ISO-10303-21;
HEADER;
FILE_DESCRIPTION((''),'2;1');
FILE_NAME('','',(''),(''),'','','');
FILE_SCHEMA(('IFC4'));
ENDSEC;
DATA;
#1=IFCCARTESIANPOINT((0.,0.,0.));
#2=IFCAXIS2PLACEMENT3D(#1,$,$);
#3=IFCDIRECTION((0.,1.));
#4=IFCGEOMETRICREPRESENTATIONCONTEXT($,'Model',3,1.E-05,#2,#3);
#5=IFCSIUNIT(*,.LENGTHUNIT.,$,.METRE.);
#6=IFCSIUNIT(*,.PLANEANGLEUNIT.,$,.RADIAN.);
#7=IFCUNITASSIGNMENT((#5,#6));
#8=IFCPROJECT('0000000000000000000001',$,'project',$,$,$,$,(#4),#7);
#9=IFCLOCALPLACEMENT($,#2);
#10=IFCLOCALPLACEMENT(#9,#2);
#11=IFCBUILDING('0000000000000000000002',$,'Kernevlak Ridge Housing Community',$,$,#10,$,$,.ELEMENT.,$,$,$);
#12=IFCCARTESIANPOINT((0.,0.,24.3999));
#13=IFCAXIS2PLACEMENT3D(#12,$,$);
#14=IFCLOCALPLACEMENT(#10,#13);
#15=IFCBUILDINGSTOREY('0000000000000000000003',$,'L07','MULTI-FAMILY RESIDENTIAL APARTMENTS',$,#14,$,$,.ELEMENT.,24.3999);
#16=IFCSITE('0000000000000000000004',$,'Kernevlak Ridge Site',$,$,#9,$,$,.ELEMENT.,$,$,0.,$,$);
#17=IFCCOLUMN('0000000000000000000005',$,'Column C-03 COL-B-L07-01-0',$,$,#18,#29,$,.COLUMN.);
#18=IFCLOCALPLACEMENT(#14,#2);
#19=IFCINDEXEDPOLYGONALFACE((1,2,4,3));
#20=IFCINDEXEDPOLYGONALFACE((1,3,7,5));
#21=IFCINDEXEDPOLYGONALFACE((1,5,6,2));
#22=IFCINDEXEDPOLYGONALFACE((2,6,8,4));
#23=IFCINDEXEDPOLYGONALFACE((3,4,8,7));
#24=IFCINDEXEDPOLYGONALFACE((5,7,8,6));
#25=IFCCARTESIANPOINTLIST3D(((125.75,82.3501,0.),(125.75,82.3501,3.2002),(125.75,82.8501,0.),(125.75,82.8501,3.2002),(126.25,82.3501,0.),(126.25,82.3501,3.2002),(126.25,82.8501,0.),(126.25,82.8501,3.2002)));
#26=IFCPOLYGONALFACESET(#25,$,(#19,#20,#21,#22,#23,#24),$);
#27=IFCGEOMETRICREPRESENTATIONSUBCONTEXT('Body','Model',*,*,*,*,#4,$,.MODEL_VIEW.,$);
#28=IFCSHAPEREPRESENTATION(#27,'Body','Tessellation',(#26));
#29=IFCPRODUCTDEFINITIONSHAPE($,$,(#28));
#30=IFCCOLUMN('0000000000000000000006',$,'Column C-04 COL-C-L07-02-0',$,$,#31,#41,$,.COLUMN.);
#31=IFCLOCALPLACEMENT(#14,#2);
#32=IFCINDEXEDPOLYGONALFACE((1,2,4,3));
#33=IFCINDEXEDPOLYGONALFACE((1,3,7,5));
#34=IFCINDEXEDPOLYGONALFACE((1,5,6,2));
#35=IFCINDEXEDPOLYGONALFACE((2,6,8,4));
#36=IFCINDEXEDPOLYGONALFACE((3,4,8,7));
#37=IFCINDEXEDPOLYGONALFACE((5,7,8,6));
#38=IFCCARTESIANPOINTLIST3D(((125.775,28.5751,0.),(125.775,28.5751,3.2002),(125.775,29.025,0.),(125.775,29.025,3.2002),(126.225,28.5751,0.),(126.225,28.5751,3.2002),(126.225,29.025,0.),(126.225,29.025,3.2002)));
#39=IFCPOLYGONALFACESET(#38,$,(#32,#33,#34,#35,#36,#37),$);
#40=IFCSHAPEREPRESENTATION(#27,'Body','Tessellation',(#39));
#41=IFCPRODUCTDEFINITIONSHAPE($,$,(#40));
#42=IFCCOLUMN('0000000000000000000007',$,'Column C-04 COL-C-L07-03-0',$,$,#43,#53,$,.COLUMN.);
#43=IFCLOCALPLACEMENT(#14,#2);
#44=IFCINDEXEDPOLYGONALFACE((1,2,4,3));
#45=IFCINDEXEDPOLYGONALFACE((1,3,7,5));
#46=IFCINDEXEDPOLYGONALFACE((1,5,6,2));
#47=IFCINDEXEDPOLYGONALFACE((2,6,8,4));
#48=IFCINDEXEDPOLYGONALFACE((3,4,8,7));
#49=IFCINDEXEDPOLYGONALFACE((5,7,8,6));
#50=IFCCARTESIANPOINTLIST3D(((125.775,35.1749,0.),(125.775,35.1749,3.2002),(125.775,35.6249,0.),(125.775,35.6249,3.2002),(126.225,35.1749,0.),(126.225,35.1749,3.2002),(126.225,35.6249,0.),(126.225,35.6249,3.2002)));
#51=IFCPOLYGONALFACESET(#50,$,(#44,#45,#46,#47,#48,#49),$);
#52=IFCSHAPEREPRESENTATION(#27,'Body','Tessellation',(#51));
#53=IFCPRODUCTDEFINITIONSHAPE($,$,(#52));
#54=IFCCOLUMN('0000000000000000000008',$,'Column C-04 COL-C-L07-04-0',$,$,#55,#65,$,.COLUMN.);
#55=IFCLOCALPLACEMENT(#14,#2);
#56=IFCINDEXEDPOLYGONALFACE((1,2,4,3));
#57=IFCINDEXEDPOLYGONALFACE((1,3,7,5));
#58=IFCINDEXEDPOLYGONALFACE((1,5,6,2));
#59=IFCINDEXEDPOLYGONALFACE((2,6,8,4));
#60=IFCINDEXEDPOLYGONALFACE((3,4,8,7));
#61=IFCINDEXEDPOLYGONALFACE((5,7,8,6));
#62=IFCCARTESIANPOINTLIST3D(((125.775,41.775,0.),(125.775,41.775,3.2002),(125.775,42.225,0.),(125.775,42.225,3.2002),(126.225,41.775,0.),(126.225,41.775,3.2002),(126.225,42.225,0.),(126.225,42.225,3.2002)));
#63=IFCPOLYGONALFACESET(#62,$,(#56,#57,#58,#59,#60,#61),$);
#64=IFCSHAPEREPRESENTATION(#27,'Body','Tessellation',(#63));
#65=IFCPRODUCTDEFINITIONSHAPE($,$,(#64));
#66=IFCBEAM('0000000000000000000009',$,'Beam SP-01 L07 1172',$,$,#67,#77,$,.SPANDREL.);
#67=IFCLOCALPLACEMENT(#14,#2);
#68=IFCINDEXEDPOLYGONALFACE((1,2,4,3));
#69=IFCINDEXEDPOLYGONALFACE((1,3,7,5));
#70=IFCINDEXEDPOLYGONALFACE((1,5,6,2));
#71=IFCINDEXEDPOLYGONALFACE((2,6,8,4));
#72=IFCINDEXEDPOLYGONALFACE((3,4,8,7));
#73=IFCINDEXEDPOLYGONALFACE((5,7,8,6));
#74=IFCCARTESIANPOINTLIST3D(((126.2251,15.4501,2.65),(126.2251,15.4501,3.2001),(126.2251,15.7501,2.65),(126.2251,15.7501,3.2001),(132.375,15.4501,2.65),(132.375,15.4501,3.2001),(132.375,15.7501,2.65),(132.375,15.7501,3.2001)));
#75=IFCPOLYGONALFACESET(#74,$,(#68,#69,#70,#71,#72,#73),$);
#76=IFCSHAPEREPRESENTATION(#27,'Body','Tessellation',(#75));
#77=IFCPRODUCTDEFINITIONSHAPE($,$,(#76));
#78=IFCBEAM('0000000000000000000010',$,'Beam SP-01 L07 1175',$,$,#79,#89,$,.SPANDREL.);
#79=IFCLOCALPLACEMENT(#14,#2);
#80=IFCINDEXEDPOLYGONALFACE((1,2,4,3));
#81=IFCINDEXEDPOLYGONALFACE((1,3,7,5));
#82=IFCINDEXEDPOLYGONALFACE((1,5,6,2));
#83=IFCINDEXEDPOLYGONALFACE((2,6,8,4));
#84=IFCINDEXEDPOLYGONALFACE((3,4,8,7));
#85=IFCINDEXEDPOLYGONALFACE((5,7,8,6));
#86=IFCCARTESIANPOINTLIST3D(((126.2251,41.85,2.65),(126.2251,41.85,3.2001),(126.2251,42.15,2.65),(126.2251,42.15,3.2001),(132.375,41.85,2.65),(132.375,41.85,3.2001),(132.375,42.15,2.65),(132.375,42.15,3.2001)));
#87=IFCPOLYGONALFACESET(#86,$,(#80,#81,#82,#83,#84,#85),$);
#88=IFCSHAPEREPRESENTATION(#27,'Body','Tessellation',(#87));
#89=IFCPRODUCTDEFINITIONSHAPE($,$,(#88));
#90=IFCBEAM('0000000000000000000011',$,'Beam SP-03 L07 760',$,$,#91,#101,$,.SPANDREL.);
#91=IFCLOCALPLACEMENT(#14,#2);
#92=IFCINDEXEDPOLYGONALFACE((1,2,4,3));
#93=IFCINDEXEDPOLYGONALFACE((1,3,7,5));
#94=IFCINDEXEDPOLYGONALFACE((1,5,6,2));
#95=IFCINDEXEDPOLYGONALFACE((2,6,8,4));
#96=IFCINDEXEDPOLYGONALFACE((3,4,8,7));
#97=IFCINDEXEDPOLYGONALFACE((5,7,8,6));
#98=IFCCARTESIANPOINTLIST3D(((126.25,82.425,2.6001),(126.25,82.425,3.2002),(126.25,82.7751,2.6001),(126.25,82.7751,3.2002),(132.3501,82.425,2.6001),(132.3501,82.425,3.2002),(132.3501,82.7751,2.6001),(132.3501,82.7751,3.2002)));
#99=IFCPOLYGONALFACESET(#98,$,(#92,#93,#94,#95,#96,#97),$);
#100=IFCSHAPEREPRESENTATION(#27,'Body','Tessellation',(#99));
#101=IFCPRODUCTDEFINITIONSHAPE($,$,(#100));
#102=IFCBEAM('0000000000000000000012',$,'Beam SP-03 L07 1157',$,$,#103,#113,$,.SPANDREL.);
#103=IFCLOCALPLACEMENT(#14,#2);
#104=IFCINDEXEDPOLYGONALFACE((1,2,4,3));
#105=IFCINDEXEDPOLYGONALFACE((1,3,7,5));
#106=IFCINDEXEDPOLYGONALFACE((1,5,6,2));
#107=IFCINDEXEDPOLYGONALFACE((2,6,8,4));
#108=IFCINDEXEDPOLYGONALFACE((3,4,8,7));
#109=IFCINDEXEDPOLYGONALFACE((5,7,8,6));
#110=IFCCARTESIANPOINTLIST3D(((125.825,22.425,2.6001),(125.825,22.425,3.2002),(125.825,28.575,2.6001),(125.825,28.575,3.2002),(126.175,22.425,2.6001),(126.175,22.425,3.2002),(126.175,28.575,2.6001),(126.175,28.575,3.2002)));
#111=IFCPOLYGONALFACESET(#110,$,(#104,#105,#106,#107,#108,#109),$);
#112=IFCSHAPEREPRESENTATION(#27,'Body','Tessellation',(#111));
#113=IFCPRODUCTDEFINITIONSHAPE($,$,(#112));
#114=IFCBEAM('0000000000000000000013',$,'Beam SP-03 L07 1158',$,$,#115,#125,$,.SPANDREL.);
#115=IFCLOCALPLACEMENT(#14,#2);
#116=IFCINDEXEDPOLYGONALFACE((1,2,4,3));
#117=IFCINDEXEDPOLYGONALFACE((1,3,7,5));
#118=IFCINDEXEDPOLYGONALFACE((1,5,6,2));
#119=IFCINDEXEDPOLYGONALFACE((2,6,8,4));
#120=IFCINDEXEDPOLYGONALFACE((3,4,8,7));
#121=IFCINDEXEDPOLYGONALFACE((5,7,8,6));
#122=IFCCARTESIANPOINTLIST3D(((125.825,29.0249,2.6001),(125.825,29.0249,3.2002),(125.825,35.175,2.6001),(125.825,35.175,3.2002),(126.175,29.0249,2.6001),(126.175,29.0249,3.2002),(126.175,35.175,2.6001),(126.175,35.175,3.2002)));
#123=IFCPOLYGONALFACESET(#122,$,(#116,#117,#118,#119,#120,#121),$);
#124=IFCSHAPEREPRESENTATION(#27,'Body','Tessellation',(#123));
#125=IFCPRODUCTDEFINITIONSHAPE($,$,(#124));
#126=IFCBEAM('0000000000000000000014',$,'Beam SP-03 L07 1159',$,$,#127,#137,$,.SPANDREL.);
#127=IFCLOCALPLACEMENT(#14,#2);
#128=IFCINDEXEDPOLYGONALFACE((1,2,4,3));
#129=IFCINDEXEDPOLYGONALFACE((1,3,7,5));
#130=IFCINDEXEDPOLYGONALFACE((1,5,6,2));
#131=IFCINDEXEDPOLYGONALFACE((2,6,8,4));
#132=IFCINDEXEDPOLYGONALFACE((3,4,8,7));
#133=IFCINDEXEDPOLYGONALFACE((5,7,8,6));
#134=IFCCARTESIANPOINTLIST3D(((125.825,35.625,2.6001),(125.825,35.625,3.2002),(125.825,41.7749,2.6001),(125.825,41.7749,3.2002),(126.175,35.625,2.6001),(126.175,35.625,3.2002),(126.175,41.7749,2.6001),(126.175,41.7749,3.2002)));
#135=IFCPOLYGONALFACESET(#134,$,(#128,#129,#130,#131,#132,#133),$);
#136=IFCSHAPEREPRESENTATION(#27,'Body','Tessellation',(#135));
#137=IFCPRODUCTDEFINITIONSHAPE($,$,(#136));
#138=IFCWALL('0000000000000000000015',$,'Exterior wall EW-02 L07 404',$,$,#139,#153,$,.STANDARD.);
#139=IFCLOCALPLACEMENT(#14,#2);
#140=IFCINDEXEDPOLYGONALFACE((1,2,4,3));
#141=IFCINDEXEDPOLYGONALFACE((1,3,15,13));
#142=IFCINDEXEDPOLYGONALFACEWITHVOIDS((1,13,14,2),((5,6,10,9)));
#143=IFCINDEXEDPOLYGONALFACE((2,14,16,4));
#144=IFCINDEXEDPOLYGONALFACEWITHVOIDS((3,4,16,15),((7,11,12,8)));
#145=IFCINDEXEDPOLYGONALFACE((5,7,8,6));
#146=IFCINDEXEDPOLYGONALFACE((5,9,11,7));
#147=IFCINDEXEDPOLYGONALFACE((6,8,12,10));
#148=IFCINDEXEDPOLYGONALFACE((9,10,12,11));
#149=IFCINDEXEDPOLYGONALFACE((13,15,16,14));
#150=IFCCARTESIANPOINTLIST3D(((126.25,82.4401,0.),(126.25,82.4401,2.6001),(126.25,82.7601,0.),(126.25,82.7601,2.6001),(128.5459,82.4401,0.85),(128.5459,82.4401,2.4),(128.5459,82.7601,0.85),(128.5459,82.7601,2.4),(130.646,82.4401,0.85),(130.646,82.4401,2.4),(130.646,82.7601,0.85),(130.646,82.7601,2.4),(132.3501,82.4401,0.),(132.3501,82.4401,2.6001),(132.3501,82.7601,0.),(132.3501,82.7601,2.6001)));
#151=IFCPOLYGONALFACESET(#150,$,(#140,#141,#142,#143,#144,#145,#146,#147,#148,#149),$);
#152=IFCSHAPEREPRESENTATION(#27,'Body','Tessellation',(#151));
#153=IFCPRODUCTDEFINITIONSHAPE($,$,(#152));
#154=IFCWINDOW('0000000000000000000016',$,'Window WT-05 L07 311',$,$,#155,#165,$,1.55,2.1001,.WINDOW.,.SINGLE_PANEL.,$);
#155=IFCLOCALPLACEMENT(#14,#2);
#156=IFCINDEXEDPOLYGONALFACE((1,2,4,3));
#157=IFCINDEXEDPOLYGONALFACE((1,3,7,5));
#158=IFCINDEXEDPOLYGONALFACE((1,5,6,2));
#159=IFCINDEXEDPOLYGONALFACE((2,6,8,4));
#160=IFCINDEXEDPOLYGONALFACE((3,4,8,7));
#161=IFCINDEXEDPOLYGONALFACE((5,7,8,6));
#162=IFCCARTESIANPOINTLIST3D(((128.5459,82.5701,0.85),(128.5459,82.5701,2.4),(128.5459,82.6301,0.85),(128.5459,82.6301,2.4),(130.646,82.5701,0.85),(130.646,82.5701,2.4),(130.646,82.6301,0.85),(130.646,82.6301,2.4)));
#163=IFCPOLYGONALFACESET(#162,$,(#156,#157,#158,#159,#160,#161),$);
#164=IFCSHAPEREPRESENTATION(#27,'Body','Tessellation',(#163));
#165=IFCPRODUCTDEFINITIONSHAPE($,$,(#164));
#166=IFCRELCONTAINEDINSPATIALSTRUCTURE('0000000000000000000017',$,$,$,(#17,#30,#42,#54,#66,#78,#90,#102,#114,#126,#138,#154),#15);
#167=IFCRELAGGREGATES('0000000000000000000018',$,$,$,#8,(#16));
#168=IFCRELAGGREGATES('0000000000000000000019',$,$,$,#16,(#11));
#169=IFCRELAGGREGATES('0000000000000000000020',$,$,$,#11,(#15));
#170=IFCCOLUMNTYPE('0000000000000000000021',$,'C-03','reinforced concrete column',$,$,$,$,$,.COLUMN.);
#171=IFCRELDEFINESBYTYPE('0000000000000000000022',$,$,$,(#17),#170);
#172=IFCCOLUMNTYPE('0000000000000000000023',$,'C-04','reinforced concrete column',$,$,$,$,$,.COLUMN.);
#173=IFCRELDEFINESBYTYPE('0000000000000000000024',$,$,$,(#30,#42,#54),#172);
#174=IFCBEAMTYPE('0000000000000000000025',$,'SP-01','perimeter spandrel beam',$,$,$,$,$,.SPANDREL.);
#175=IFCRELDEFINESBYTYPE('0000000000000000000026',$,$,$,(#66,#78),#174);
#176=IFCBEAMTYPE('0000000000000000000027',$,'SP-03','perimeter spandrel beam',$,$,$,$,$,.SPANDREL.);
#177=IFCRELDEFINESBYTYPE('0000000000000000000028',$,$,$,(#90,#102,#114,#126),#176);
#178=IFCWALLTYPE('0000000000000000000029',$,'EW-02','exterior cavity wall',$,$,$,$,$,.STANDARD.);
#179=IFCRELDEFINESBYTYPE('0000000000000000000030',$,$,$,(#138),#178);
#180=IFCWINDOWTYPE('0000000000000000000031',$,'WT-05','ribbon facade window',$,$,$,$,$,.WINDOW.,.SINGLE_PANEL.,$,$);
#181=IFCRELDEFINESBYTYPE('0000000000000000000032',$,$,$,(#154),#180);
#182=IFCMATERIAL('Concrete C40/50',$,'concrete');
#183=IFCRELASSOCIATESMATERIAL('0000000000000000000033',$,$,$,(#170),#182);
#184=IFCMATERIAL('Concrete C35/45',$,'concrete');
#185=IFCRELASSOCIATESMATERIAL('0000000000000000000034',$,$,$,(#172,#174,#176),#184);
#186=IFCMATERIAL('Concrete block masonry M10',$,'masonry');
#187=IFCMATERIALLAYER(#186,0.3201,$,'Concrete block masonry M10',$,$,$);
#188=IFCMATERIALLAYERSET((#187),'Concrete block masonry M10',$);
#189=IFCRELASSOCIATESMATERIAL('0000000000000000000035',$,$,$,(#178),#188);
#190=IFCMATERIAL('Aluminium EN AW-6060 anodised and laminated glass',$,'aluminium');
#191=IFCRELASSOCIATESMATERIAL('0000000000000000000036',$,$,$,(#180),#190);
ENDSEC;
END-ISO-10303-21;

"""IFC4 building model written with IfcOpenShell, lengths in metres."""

from ifc_helpers import new_model, si_unit, direction, frame, frame_2d, origin, origin_2d, place, context, subcontext, project, spatial, rectangle, extrude, material, layer, layer_set, material_profile, profile_set, type_object, element, fill, save


model = new_model("IFC4")

# Units and contexts
model_context = context("Model", 3, precision=1e-05, world=origin(), true_north=direction((0.0, 1.0)))
body_context = subcontext(model_context, "Body", "Model", "MODEL_VIEW")
ifc_project = project(units=[si_unit("LENGTHUNIT", "METRE"), si_unit("PLANEANGLEUNIT", "RADIAN")], contexts=[model_context])

# Site, building, storey
site_placement = place(None, origin())
site = spatial("IfcSite", under=ifc_project, at=site_placement, Name="Kernevlak Ridge Site", CompositionType="ELEMENT", RefElevation=0.0)
building_placement = place(site_placement, origin())
building = spatial("IfcBuilding", under=site, at=building_placement, Name="Kernevlak Ridge Housing Community", CompositionType="ELEMENT")
storey_placement = place(building_placement, frame((0.0, 0.0, 24.3999)))
storey = spatial("IfcBuildingStorey", under=building, at=storey_placement, Name="L07", Description="MULTI-FAMILY RESIDENTIAL APARTMENTS", CompositionType="ELEMENT", Elevation=24.3999)

# Columns
ifc_material_1 = material(Name="Concrete C40/50", Category="concrete")
ifc_material_profile_1 = material_profile(ifc_material_1, rectangle(XDim=0.5, YDim=0.5, at=origin_2d()), Name="RC 500x500")
ifc_profile_set_1 = profile_set([ifc_material_profile_1], Name="Concrete C40/50")
column_type_1 = type_object("IfcColumnType", Name="C-03", Description="reinforced concrete column", PredefinedType="COLUMN", material=ifc_profile_set_1)
column_placement = place(storey_placement, frame((126.0, 82.6001, 0.0), z_axis=(0.0, 0.0, 1.0), x_axis=(1.0, 0.0, 0.0)))
element("IfcColumn", 1, at=column_placement, inside=storey, type_object=column_type_1, Name="Column C-03 COL-B-L07-01-0", PredefinedType="COLUMN", context=body_context, shape_type="SweptSolid", body=[
    extrude(rectangle(XDim=0.5, YDim=0.5, at=origin_2d()), origin(), (0.0, 0.0, 1.0), 3.2002),
])
ifc_material_2 = material(Name="Concrete C35/45", Category="concrete")
ifc_material_profile_2 = material_profile(ifc_material_2, rectangle(XDim=0.45, YDim=0.45, at=origin_2d()), Name="RC 450x450")
ifc_profile_set_2 = profile_set([ifc_material_profile_2], Name="Concrete C35/45")
column_type_2 = type_object("IfcColumnType", Name="C-04", Description="reinforced concrete column", PredefinedType="COLUMN", material=ifc_profile_set_2)
for number, where, z_axis, x_axis, name in (
    (2, (126.0, 28.8, 0.0), (0.0, 0.0, 1.0), (1.0, 0.0, 0.0), "Column C-04 COL-C-L07-02-0"),
    (3, (126.0, 35.3999, 0.0), (0.0, 0.0, 1.0), (1.0, 0.0, 0.0), "Column C-04 COL-C-L07-03-0"),
    (4, (126.0, 42.0, 0.0), (0.0, 0.0, 1.0), (1.0, 0.0, 0.0), "Column C-04 COL-C-L07-04-0"),
):
    element("IfcColumn", number, at=place(storey_placement, frame(where, z_axis=z_axis, x_axis=x_axis)), inside=storey, type_object=column_type_2, Name=name, PredefinedType="COLUMN", context=body_context, shape_type="SweptSolid", body=[
        extrude(rectangle(XDim=0.45, YDim=0.45, at=origin_2d()), origin(), (0.0, 0.0, 1.0), 3.2002),
    ])

# Beams
ifc_material_profile_3 = material_profile(ifc_material_2, rectangle(XDim=0.3, YDim=0.55, at=origin_2d()), Name="RC 300x550")
ifc_profile_set_3 = profile_set([ifc_material_profile_3], Name="Concrete C35/45")
beam_type_1 = type_object("IfcBeamType", Name="SP-01", Description="perimeter spandrel beam", PredefinedType="SPANDREL", material=ifc_profile_set_3)
for number, where, z_axis, x_axis, name in (
    (5, (126.2251, 15.6001, 2.925), (1.0, 0.0, 0.0), (0.0, 1.0, 0.0), "Beam SP-01 L07 1172"),
    (6, (126.2251, 42.0, 2.925), (1.0, 0.0, 0.0), (0.0, 1.0, 0.0), "Beam SP-01 L07 1175"),
):
    element("IfcBeam", number, at=place(storey_placement, frame(where, z_axis=z_axis, x_axis=x_axis)), inside=storey, type_object=beam_type_1, Name=name, PredefinedType="SPANDREL", context=body_context, shape_type="SweptSolid", body=[
        extrude(rectangle(XDim=0.3, YDim=0.55, at=origin_2d()), origin(), (0.0, 0.0, 1.0), 6.1499),
    ])
ifc_material_profile_4 = material_profile(ifc_material_2, rectangle(XDim=0.3501, YDim=0.6001, at=origin_2d()), Name="RC 350x600")
ifc_profile_set_4 = profile_set([ifc_material_profile_4], Name="Concrete C35/45")
beam_type_2 = type_object("IfcBeamType", Name="SP-03", Description="perimeter spandrel beam", PredefinedType="SPANDREL", material=ifc_profile_set_4)
beam_1_placement = place(storey_placement, frame((126.25, 82.6001, 2.9001), z_axis=(1.0, 0.0, 0.0), x_axis=(0.0, 1.0, 0.0)))
element("IfcBeam", 7, at=beam_1_placement, inside=storey, type_object=beam_type_2, Name="Beam SP-03 L07 760", PredefinedType="SPANDREL", context=body_context, shape_type="SweptSolid", body=[
    extrude(rectangle(XDim=0.3501, YDim=0.6001, at=origin_2d()), origin(), (0.0, 0.0, 1.0), 6.1001),
])
beam_2_placement = place(storey_placement, frame((126.0, 22.425, 2.9001), z_axis=(0.0, 1.0, 0.0), x_axis=(-1.0, 0.0, 0.0)))
element("IfcBeam", 8, at=beam_2_placement, inside=storey, type_object=beam_type_2, Name="Beam SP-03 L07 1157", PredefinedType="SPANDREL", context=body_context, shape_type="SweptSolid", body=[
    extrude(rectangle(XDim=0.3501, YDim=0.6001, at=origin_2d()), origin(), (0.0, 0.0, 1.0), 6.1499),
])
beam_3_placement = place(storey_placement, frame((126.0, 29.0249, 2.9001), z_axis=(0.0, 1.0, 0.0), x_axis=(-1.0, 0.0, 0.0)))
element("IfcBeam", 9, at=beam_3_placement, inside=storey, type_object=beam_type_2, Name="Beam SP-03 L07 1158", PredefinedType="SPANDREL", context=body_context, shape_type="SweptSolid", body=[
    extrude(rectangle(XDim=0.3501, YDim=0.6001, at=origin_2d()), origin(), (0.0, 0.0, 1.0), 6.1501),
])
beam_4_placement = place(storey_placement, frame((126.0, 35.625, 2.9001), z_axis=(0.0, 1.0, 0.0), x_axis=(-1.0, 0.0, 0.0)))
element("IfcBeam", 10, at=beam_4_placement, inside=storey, type_object=beam_type_2, Name="Beam SP-03 L07 1159", PredefinedType="SPANDREL", context=body_context, shape_type="SweptSolid", body=[
    extrude(rectangle(XDim=0.3501, YDim=0.6001, at=origin_2d()), origin(), (0.0, 0.0, 1.0), 6.1499),
])

# Wall, opening, window
ifc_material_3 = material(Name="Concrete block masonry M10", Category="masonry")
ifc_layer_1 = layer(ifc_material_3, 0.3201, Name="Concrete block masonry M10")
ifc_layer_set_1 = layer_set([ifc_layer_1], Name="Concrete block masonry M10")
wall_type_1 = type_object("IfcWallType", Name="EW-02", Description="exterior cavity wall", PredefinedType="STANDARD", material=ifc_layer_set_1)
wall_1_placement = place(storey_placement, frame((126.25, 82.6001, 0.0), z_axis=(0.0, 0.0, 1.0), x_axis=(1.0, 0.0, 0.0)))
wall_1 = element("IfcWall", 11, at=wall_1_placement, inside=storey, type_object=wall_type_1, Name="Exterior wall EW-02 L07 404", PredefinedType="STANDARD", context=body_context, shape_type="SweptSolid", body=[
    extrude(rectangle(XDim=6.1001, YDim=0.3201, at=frame_2d((3.05, 0.0))), origin(), (0.0, 0.0, 1.0), 2.6001),
])
opening_1_placement = place(wall_1_placement, frame((2.2959, 0.0, 0.8501)))
opening_1 = element("IfcOpeningElement", 12, at=opening_1_placement, cuts=wall_1, PredefinedType="OPENING", context=body_context, shape_type="SweptSolid", body=[
    extrude(rectangle(XDim=2.1001, YDim=1.55, at=frame_2d((1.05, 0.7749))), frame((0.0, 0.1699, 0.0), z_axis=(0.0, -1.0, 0.0), x_axis=(1.0, 0.0, 0.0)), (0.0, 0.0, 1.0), 0.3401),
])
ifc_material_4 = material(Name="Aluminium EN AW-6060 anodised and laminated glass", Category="aluminium")
window_type_1 = type_object("IfcWindowType", Name="WT-05", Description="ribbon facade window", PartitioningType="SINGLE_PANEL", PredefinedType="WINDOW", material=ifc_material_4)
window_1_placement = place(opening_1_placement, origin())
window_1 = element("IfcWindow", 13, at=window_1_placement, inside=storey, type_object=window_type_1, Name="Window WT-05 L07 311", OverallHeight=1.55, OverallWidth=2.1001, PartitioningType="SINGLE_PANEL", PredefinedType="WINDOW", context=body_context, shape_type="SweptSolid", body=[
    extrude(rectangle(XDim=2.1001, YDim=1.55, at=frame_2d((1.05, 0.7749))), frame((0.0, 0.03, 0.0), z_axis=(0.0, -1.0, 0.0), x_axis=(1.0, 0.0, 0.0)), (0.0, 0.0, 1.0), 0.0601),
])
fill(opening_1, window_1)

save(model, "model.ifc")
